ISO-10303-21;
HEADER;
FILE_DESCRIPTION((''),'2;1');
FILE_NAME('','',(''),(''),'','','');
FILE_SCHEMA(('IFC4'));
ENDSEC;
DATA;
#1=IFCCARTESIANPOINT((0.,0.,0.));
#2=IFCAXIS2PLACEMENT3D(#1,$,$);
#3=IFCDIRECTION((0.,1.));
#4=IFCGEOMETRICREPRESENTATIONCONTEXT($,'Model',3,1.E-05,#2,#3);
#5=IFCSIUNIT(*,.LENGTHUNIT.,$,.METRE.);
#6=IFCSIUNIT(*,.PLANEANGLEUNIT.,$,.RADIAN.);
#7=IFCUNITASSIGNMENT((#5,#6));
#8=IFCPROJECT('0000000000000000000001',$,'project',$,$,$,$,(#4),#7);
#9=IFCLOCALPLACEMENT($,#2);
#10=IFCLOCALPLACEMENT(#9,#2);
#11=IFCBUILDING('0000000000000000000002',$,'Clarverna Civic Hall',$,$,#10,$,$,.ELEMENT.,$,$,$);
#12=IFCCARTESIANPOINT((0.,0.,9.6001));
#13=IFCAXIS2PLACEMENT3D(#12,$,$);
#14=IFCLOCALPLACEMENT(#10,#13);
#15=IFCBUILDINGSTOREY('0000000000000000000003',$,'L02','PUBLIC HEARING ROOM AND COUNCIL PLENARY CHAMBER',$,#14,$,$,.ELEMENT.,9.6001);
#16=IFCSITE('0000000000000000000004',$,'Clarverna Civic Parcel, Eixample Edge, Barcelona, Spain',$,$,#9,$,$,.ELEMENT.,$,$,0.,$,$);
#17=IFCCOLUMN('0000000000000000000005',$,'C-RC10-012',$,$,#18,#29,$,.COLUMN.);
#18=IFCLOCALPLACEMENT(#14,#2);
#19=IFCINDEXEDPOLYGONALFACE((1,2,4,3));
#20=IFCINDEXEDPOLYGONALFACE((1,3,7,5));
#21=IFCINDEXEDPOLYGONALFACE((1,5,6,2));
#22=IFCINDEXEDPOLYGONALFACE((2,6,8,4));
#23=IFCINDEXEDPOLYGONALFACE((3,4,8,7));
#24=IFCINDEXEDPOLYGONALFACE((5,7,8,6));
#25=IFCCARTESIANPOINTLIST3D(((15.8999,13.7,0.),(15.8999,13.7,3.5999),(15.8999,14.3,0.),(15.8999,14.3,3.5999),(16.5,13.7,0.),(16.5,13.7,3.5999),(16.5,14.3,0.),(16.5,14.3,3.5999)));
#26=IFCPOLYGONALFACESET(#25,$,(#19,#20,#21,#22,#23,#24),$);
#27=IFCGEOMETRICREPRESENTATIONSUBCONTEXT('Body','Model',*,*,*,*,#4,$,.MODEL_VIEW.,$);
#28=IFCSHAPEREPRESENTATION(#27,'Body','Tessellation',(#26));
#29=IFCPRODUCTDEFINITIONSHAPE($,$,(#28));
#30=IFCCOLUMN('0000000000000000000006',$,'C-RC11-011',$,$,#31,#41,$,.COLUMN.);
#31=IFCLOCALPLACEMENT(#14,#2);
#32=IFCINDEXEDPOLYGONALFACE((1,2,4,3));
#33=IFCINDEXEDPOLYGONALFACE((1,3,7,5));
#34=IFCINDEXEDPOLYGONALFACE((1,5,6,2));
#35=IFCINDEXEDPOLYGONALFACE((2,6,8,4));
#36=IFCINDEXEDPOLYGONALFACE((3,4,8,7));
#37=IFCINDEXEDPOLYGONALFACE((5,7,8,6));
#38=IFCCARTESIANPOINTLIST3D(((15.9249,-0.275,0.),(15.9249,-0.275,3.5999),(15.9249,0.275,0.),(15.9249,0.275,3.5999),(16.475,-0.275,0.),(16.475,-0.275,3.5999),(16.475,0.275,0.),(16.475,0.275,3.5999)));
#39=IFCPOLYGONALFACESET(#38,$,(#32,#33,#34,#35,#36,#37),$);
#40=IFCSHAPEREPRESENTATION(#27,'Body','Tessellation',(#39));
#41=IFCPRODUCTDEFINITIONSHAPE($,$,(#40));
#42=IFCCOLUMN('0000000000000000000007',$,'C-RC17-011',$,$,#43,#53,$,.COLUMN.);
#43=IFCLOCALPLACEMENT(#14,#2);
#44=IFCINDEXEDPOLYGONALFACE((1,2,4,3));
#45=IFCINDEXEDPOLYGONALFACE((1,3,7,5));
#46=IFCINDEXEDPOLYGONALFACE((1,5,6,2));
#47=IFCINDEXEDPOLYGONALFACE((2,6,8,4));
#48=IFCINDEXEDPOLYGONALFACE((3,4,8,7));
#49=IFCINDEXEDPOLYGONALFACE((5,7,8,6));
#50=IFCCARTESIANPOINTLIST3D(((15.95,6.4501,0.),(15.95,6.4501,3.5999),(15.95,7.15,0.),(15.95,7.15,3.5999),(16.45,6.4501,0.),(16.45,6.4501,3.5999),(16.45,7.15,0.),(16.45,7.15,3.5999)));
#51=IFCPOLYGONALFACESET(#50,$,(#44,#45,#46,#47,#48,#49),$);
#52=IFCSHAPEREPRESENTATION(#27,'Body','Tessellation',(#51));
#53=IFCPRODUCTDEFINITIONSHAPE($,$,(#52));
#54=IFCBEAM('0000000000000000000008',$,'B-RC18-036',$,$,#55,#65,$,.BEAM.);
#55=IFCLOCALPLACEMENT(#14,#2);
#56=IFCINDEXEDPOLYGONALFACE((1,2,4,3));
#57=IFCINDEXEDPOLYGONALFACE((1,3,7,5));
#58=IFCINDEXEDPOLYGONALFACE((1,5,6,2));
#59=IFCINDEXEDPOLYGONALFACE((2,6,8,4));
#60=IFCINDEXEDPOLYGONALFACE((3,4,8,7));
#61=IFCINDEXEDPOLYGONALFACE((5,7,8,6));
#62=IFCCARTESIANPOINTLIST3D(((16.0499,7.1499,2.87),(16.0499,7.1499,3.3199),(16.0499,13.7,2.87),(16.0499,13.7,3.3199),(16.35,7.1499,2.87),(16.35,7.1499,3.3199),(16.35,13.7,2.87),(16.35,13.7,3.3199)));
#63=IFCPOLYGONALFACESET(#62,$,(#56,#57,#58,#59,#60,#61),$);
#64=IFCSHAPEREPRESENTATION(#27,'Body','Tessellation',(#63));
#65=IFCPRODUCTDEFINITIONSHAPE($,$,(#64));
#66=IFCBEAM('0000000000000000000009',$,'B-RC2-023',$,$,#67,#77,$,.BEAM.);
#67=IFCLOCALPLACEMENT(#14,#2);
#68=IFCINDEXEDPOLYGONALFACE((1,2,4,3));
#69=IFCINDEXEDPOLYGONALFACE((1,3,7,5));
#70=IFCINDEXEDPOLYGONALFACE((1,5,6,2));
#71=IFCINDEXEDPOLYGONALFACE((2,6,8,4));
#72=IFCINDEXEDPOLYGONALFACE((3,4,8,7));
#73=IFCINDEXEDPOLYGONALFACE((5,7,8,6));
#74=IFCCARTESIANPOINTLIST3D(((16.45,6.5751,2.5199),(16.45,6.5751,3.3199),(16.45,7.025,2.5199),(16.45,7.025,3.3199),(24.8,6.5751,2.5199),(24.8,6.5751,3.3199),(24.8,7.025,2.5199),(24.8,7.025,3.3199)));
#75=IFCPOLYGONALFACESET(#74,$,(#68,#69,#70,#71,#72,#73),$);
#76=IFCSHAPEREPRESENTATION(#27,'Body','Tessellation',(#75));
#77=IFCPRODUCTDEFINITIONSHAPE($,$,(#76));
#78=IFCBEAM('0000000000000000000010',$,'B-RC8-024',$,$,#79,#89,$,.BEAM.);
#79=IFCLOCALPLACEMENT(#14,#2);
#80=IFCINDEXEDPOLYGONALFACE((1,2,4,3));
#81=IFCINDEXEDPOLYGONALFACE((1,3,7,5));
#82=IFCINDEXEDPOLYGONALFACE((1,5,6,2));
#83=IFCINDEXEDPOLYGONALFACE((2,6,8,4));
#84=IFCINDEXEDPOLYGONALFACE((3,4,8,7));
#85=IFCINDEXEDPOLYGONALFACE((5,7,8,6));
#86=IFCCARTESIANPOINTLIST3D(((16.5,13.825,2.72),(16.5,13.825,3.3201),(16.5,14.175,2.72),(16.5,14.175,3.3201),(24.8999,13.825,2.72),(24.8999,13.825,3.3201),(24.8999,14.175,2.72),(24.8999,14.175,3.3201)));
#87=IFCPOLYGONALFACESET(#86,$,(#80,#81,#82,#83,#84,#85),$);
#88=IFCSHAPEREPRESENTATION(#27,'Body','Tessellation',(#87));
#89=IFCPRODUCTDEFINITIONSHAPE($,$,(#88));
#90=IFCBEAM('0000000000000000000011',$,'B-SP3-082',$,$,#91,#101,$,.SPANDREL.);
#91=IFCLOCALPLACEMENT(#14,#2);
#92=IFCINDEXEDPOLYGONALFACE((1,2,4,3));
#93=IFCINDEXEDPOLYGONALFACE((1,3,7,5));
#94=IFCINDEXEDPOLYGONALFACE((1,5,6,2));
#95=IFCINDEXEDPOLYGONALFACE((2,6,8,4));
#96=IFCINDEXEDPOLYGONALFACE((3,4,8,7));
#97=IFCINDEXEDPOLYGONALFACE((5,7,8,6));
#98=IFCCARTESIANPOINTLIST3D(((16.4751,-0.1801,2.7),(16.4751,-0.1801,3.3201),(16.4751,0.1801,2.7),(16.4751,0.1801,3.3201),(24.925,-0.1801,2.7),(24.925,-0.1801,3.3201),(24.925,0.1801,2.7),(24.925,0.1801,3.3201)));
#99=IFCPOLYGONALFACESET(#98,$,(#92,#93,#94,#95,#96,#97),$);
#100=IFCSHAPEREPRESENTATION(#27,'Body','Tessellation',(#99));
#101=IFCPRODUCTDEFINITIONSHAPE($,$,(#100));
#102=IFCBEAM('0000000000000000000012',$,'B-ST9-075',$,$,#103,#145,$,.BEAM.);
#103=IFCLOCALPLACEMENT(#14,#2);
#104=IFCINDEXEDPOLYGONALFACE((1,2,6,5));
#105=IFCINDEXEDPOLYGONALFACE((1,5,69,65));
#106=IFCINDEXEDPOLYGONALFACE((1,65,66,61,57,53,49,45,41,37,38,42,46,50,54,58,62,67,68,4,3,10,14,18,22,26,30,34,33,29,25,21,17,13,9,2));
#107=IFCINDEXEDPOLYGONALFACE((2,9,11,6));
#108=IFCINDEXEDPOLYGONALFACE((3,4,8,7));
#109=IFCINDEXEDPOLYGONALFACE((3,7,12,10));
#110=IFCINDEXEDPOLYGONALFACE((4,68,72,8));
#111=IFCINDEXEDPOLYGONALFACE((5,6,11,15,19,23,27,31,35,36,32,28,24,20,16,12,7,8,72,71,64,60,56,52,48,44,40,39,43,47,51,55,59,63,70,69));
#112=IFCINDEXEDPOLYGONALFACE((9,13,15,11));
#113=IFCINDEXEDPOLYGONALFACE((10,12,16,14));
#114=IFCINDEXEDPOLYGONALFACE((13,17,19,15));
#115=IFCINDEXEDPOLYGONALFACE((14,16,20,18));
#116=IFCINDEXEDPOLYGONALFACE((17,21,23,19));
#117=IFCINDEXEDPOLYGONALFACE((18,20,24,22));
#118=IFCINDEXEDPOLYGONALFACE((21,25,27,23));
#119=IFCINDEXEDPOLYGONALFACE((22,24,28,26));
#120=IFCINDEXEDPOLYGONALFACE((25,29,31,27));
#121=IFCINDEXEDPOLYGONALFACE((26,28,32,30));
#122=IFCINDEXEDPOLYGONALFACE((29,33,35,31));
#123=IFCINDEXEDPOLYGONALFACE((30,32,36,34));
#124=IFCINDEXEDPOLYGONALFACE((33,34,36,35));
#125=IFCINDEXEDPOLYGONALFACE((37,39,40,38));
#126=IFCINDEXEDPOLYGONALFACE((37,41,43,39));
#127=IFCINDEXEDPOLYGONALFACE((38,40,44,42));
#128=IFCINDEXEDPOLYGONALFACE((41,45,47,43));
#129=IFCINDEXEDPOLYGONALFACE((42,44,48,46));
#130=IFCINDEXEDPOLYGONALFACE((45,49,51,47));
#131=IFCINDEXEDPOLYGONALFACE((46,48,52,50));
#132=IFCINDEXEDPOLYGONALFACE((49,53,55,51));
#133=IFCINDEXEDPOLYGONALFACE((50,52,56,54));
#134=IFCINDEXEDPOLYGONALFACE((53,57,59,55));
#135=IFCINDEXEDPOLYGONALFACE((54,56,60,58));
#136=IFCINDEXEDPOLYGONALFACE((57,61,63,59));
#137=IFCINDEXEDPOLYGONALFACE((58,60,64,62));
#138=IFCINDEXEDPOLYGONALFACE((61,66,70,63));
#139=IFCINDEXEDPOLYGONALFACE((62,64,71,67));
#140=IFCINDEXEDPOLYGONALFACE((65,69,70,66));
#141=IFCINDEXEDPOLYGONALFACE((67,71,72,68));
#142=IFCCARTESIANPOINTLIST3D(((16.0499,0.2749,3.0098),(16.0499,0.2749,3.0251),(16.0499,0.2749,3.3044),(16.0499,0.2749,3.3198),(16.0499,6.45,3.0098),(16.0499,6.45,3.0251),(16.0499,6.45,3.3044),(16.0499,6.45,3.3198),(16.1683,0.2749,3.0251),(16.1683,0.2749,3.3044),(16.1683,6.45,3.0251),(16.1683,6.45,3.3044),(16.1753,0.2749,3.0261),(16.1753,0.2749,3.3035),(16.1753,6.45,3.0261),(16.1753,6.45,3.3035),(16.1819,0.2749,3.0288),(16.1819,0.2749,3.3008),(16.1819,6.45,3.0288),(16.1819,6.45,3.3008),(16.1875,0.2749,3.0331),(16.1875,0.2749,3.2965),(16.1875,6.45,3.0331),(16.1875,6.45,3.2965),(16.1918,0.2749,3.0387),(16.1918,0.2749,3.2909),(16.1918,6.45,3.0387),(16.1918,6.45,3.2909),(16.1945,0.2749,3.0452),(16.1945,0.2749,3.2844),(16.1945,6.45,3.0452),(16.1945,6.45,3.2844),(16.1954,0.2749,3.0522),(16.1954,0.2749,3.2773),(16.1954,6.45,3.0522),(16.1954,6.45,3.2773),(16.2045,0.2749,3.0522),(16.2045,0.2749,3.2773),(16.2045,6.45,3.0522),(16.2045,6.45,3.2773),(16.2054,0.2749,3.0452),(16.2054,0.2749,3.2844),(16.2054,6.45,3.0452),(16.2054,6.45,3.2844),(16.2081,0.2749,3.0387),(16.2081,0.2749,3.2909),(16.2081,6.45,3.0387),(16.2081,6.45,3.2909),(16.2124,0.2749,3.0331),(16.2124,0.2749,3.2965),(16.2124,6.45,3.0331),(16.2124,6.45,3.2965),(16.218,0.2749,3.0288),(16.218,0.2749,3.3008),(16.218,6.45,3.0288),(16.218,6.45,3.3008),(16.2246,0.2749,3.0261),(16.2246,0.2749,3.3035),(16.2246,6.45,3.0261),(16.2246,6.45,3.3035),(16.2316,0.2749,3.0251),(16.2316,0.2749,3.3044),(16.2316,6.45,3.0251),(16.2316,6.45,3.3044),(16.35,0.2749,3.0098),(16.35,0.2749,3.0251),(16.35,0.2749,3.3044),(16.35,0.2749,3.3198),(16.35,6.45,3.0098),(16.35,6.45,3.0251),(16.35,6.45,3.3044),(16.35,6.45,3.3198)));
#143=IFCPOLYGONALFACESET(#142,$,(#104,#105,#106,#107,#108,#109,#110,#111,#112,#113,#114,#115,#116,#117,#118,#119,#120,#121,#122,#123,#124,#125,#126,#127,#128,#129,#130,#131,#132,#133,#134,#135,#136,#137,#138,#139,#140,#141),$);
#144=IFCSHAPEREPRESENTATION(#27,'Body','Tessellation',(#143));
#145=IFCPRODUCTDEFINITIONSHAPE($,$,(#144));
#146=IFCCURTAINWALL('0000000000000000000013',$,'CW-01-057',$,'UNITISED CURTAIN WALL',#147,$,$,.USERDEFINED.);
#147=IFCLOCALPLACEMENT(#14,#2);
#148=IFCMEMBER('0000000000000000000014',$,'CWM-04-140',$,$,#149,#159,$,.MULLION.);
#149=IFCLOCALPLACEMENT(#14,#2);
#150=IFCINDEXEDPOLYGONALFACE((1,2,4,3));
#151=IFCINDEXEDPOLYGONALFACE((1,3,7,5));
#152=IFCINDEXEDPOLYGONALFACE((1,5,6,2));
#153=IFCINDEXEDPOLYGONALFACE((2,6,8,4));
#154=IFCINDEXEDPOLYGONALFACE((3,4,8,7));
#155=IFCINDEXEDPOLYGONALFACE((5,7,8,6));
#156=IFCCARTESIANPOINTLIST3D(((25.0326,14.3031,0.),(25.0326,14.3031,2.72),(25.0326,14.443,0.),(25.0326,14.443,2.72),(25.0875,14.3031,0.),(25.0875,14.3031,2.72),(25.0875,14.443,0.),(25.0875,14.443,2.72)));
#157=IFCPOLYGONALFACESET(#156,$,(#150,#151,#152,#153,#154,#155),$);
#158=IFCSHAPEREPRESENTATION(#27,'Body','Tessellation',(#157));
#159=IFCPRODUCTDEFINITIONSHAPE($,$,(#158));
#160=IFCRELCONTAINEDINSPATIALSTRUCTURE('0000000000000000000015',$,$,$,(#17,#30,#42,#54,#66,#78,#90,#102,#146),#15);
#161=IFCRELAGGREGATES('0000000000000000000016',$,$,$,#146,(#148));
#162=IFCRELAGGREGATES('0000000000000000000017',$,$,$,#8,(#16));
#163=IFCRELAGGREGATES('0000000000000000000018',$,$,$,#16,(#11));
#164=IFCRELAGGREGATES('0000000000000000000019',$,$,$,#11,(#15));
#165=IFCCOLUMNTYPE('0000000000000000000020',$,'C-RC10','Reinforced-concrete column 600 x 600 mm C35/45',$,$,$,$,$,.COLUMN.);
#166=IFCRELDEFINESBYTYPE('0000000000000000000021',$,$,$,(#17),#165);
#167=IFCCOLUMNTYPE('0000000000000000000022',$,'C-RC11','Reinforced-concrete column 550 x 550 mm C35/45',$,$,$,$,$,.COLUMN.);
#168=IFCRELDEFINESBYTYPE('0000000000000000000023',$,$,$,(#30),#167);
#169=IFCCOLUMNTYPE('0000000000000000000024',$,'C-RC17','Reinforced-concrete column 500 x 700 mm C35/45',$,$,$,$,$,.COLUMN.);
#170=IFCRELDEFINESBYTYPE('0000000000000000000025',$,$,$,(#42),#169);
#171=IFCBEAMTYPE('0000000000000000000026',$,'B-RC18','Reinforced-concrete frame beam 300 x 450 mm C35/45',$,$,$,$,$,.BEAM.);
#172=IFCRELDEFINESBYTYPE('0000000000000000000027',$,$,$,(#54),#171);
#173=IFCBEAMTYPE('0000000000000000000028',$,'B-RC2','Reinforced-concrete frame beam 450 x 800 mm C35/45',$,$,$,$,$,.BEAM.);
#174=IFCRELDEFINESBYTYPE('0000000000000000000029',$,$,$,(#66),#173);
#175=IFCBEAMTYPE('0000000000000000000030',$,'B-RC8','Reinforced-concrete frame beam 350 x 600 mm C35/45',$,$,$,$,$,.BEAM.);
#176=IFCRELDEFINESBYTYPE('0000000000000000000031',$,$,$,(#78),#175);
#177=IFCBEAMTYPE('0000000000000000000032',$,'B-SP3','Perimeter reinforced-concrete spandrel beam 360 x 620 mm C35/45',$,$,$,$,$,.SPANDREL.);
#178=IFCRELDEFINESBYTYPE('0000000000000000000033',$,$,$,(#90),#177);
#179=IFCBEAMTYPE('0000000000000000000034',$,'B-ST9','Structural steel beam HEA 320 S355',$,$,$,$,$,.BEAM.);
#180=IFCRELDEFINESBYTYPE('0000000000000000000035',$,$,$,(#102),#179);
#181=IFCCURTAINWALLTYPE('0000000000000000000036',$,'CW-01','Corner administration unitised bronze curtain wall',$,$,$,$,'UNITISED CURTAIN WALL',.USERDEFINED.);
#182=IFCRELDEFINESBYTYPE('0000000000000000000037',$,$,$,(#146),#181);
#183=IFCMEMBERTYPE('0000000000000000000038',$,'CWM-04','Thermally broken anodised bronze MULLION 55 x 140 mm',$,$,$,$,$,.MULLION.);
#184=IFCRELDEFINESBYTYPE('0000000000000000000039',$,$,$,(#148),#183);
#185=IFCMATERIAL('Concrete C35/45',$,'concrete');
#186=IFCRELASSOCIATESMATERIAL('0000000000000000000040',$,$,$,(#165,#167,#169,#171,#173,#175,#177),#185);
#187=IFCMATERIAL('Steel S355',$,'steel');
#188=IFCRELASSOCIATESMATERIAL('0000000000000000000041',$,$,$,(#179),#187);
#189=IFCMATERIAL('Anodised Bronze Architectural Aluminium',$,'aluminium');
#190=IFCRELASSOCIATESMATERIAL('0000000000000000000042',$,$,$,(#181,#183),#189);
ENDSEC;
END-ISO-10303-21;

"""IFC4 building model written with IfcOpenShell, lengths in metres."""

from ifc_helpers import new_model, si_unit, direction, frame, origin, origin_2d, place, context, subcontext, project, spatial, rectangle, i_section, extrude, material, material_profile, profile_set, type_object, element, aggregate, save


model = new_model("IFC4")

# Units and contexts
model_context = context("Model", 3, precision=1e-05, world=origin(), true_north=direction((0.0, 1.0)))
body_context = subcontext(model_context, "Body", "Model", "MODEL_VIEW")
ifc_project = project(units=[si_unit("LENGTHUNIT", "METRE"), si_unit("PLANEANGLEUNIT", "RADIAN")], contexts=[model_context])

# Site, building, storey
site_placement = place(None, origin())
site = spatial("IfcSite", under=ifc_project, at=site_placement, Name="Clarverna Civic Parcel, Eixample Edge, Barcelona, Spain", CompositionType="ELEMENT", RefElevation=0.0)
building_placement = place(site_placement, origin())
building = spatial("IfcBuilding", under=site, at=building_placement, Name="Clarverna Civic Hall", CompositionType="ELEMENT")
storey_placement = place(building_placement, frame((0.0, 0.0, 9.6001)))
storey = spatial("IfcBuildingStorey", under=building, at=storey_placement, Name="L02", Description="PUBLIC HEARING ROOM AND COUNCIL PLENARY CHAMBER", CompositionType="ELEMENT", Elevation=9.6001)

# Columns
ifc_material_1 = material(Name="Concrete C35/45", Category="concrete")
ifc_material_profile_1 = material_profile(ifc_material_1, rectangle(XDim=0.6001, YDim=0.6001, at=origin_2d()), Name="RC 600x600")
ifc_profile_set_1 = profile_set([ifc_material_profile_1], Name="Concrete C35/45")
column_type_1 = type_object("IfcColumnType", Name="C-RC10", Description="Reinforced-concrete column 600 x 600 mm C35/45", PredefinedType="COLUMN", material=ifc_profile_set_1)
column_1_placement = place(storey_placement, frame((16.2, 14.0, 0.0), z_axis=(0.0, 0.0, 1.0), x_axis=(1.0, 0.0, 0.0)))
element("IfcColumn", 1, at=column_1_placement, inside=storey, type_object=column_type_1, Name="C-RC10-012", PredefinedType="COLUMN", context=body_context, shape_type="SweptSolid", body=[
    extrude(rectangle(XDim=0.6001, YDim=0.6001, at=origin_2d()), origin(), (0.0, 0.0, 1.0), 3.5999),
])
ifc_material_profile_2 = material_profile(ifc_material_1, rectangle(XDim=0.55, YDim=0.55, at=origin_2d()), Name="RC 550x550")
ifc_profile_set_2 = profile_set([ifc_material_profile_2], Name="Concrete C35/45")
column_type_2 = type_object("IfcColumnType", Name="C-RC11", Description="Reinforced-concrete column 550 x 550 mm C35/45", PredefinedType="COLUMN", material=ifc_profile_set_2)
column_2_placement = place(storey_placement, frame((16.2, 0.0, 0.0), z_axis=(0.0, 0.0, 1.0), x_axis=(1.0, 0.0, 0.0)))
element("IfcColumn", 2, at=column_2_placement, inside=storey, type_object=column_type_2, Name="C-RC11-011", PredefinedType="COLUMN", context=body_context, shape_type="SweptSolid", body=[
    extrude(rectangle(XDim=0.55, YDim=0.55, at=origin_2d()), origin(), (0.0, 0.0, 1.0), 3.5999),
])
ifc_material_profile_3 = material_profile(ifc_material_1, rectangle(XDim=0.5, YDim=0.7, at=origin_2d()), Name="RC 500x700")
ifc_profile_set_3 = profile_set([ifc_material_profile_3], Name="Concrete C35/45")
column_type_3 = type_object("IfcColumnType", Name="C-RC17", Description="Reinforced-concrete column 500 x 700 mm C35/45", PredefinedType="COLUMN", material=ifc_profile_set_3)
column_3_placement = place(storey_placement, frame((16.2, 6.8, 0.0), z_axis=(0.0, 0.0, 1.0), x_axis=(1.0, 0.0, 0.0)))
element("IfcColumn", 3, at=column_3_placement, inside=storey, type_object=column_type_3, Name="C-RC17-011", PredefinedType="COLUMN", context=body_context, shape_type="SweptSolid", body=[
    extrude(rectangle(XDim=0.5, YDim=0.7, at=origin_2d()), origin(), (0.0, 0.0, 1.0), 3.5999),
])

# Beams
ifc_material_profile_4 = material_profile(ifc_material_1, rectangle(XDim=0.3, YDim=0.45, at=origin_2d()), Name="RC 300x450")
ifc_profile_set_4 = profile_set([ifc_material_profile_4], Name="Concrete C35/45")
beam_type_1 = type_object("IfcBeamType", Name="B-RC18", Description="Reinforced-concrete frame beam 300 x 450 mm C35/45", PredefinedType="BEAM", material=ifc_profile_set_4)
beam_1_placement = place(storey_placement, frame((16.2, 7.1499, 3.095), z_axis=(0.0, 1.0, 0.0), x_axis=(-1.0, 0.0, 0.0)))
element("IfcBeam", 4, at=beam_1_placement, inside=storey, type_object=beam_type_1, Name="B-RC18-036", PredefinedType="BEAM", context=body_context, shape_type="SweptSolid", body=[
    extrude(rectangle(XDim=0.3, YDim=0.45, at=origin_2d()), origin(), (0.0, 0.0, 1.0), 6.55),
])
ifc_material_profile_5 = material_profile(ifc_material_1, rectangle(XDim=0.45, YDim=0.8, at=origin_2d()), Name="RC 450x800")
ifc_profile_set_5 = profile_set([ifc_material_profile_5], Name="Concrete C35/45")
beam_type_2 = type_object("IfcBeamType", Name="B-RC2", Description="Reinforced-concrete frame beam 450 x 800 mm C35/45", PredefinedType="BEAM", material=ifc_profile_set_5)
beam_2_placement = place(storey_placement, frame((16.45, 6.8, 2.9199), z_axis=(1.0, 0.0, 0.0), x_axis=(0.0, 1.0, 0.0)))
element("IfcBeam", 5, at=beam_2_placement, inside=storey, type_object=beam_type_2, Name="B-RC2-023", PredefinedType="BEAM", context=body_context, shape_type="SweptSolid", body=[
    extrude(rectangle(XDim=0.45, YDim=0.8, at=origin_2d()), origin(), (0.0, 0.0, 1.0), 8.3501),
])
ifc_material_profile_6 = material_profile(ifc_material_1, rectangle(XDim=0.3501, YDim=0.6001, at=origin_2d()), Name="RC 350x600")
ifc_profile_set_6 = profile_set([ifc_material_profile_6], Name="Concrete C35/45")
beam_type_3 = type_object("IfcBeamType", Name="B-RC8", Description="Reinforced-concrete frame beam 350 x 600 mm C35/45", PredefinedType="BEAM", material=ifc_profile_set_6)
beam_3_placement = place(storey_placement, frame((16.5, 14.0, 3.02), z_axis=(1.0, 0.0, 0.0), x_axis=(0.0, 1.0, 0.0)))
element("IfcBeam", 6, at=beam_3_placement, inside=storey, type_object=beam_type_3, Name="B-RC8-024", PredefinedType="BEAM", context=body_context, shape_type="SweptSolid", body=[
    extrude(rectangle(XDim=0.3501, YDim=0.6001, at=origin_2d()), origin(), (0.0, 0.0, 1.0), 8.3999),
])
ifc_material_profile_7 = material_profile(ifc_material_1, rectangle(XDim=0.3601, YDim=0.6201, at=origin_2d()), Name="RC 360x620")
ifc_profile_set_7 = profile_set([ifc_material_profile_7], Name="Concrete C35/45")
beam_type_4 = type_object("IfcBeamType", Name="B-SP3", Description="Perimeter reinforced-concrete spandrel beam 360 x 620 mm C35/45", PredefinedType="SPANDREL", material=ifc_profile_set_7)
beam_4_placement = place(storey_placement, frame((16.4751, 0.0, 3.01), z_axis=(1.0, 0.0, 0.0), x_axis=(0.0, 1.0, 0.0)))
element("IfcBeam", 7, at=beam_4_placement, inside=storey, type_object=beam_type_4, Name="B-SP3-082", PredefinedType="SPANDREL", context=body_context, shape_type="SweptSolid", body=[
    extrude(rectangle(XDim=0.3601, YDim=0.6201, at=origin_2d()), origin(), (0.0, 0.0, 1.0), 8.45),
])
ifc_material_2 = material(Name="Steel S355", Category="steel")
ifc_material_profile_8 = material_profile(ifc_material_2, i_section(OverallWidth=0.3, OverallDepth=0.3101, WebThickness=0.009, FlangeThickness=0.0154, FilletRadius=0.0271, at=origin_2d()), Name="HEA 320")
ifc_profile_set_8 = profile_set([ifc_material_profile_8], Name="Steel S355")
beam_type_5 = type_object("IfcBeamType", Name="B-ST9", Description="Structural steel beam HEA 320 S355", PredefinedType="BEAM", material=ifc_profile_set_8)
beam_5_placement = place(storey_placement, frame((16.2, 0.2749, 3.1648), z_axis=(0.0, 1.0, 0.0), x_axis=(-1.0, 0.0, 0.0)))
element("IfcBeam", 8, at=beam_5_placement, inside=storey, type_object=beam_type_5, Name="B-ST9-075", PredefinedType="BEAM", context=body_context, shape_type="SweptSolid", body=[
    extrude(i_section(OverallWidth=0.3, OverallDepth=0.3101, WebThickness=0.009, FlangeThickness=0.0154, FilletRadius=0.0271, at=origin_2d()), origin(), (0.0, 0.0, 1.0), 6.175),
])

# Curtain wall, member
ifc_material_3 = material(Name="Anodised Bronze Architectural Aluminium", Category="aluminium")
curtain_wall_type = type_object("IfcCurtainWallType", Name="CW-01", Description="Corner administration unitised bronze curtain wall", ElementType="UNITISED CURTAIN WALL", PredefinedType="USERDEFINED", material=ifc_material_3)
curtain_wall_placement = place(storey_placement, origin())
curtain_wall = element("IfcCurtainWall", 9, at=curtain_wall_placement, inside=storey, type_object=curtain_wall_type, Name="CW-01-057", ObjectType="UNITISED CURTAIN WALL", PredefinedType="USERDEFINED")
ifc_material_profile_9 = material_profile(ifc_material_3, rectangle(XDim=0.0549, YDim=0.1399, at=origin_2d()), Name="BRONZE 55x140")
ifc_profile_set_9 = profile_set([ifc_material_profile_9], Name="Anodised Bronze Architectural Aluminium")
member_type = type_object("IfcMemberType", Name="CWM-04", Description="Thermally broken anodised bronze MULLION 55 x 140 mm", PredefinedType="MULLION", material=ifc_profile_set_9)
member_placement = place(storey_placement, frame((25.0601, 14.373, 0.0), z_axis=(0.0, 0.0, 1.0), x_axis=(1.0, 0.0, 0.0)))
member = element("IfcMember", 10, at=member_placement, type_object=member_type, Name="CWM-04-140", PredefinedType="MULLION", context=body_context, shape_type="SweptSolid", body=[
    extrude(rectangle(XDim=0.0549, YDim=0.1399, at=origin_2d()), origin(), (0.0, 0.0, 1.0), 2.72),
])
aggregate(curtain_wall, [member])

save(model, "model.ifc")
